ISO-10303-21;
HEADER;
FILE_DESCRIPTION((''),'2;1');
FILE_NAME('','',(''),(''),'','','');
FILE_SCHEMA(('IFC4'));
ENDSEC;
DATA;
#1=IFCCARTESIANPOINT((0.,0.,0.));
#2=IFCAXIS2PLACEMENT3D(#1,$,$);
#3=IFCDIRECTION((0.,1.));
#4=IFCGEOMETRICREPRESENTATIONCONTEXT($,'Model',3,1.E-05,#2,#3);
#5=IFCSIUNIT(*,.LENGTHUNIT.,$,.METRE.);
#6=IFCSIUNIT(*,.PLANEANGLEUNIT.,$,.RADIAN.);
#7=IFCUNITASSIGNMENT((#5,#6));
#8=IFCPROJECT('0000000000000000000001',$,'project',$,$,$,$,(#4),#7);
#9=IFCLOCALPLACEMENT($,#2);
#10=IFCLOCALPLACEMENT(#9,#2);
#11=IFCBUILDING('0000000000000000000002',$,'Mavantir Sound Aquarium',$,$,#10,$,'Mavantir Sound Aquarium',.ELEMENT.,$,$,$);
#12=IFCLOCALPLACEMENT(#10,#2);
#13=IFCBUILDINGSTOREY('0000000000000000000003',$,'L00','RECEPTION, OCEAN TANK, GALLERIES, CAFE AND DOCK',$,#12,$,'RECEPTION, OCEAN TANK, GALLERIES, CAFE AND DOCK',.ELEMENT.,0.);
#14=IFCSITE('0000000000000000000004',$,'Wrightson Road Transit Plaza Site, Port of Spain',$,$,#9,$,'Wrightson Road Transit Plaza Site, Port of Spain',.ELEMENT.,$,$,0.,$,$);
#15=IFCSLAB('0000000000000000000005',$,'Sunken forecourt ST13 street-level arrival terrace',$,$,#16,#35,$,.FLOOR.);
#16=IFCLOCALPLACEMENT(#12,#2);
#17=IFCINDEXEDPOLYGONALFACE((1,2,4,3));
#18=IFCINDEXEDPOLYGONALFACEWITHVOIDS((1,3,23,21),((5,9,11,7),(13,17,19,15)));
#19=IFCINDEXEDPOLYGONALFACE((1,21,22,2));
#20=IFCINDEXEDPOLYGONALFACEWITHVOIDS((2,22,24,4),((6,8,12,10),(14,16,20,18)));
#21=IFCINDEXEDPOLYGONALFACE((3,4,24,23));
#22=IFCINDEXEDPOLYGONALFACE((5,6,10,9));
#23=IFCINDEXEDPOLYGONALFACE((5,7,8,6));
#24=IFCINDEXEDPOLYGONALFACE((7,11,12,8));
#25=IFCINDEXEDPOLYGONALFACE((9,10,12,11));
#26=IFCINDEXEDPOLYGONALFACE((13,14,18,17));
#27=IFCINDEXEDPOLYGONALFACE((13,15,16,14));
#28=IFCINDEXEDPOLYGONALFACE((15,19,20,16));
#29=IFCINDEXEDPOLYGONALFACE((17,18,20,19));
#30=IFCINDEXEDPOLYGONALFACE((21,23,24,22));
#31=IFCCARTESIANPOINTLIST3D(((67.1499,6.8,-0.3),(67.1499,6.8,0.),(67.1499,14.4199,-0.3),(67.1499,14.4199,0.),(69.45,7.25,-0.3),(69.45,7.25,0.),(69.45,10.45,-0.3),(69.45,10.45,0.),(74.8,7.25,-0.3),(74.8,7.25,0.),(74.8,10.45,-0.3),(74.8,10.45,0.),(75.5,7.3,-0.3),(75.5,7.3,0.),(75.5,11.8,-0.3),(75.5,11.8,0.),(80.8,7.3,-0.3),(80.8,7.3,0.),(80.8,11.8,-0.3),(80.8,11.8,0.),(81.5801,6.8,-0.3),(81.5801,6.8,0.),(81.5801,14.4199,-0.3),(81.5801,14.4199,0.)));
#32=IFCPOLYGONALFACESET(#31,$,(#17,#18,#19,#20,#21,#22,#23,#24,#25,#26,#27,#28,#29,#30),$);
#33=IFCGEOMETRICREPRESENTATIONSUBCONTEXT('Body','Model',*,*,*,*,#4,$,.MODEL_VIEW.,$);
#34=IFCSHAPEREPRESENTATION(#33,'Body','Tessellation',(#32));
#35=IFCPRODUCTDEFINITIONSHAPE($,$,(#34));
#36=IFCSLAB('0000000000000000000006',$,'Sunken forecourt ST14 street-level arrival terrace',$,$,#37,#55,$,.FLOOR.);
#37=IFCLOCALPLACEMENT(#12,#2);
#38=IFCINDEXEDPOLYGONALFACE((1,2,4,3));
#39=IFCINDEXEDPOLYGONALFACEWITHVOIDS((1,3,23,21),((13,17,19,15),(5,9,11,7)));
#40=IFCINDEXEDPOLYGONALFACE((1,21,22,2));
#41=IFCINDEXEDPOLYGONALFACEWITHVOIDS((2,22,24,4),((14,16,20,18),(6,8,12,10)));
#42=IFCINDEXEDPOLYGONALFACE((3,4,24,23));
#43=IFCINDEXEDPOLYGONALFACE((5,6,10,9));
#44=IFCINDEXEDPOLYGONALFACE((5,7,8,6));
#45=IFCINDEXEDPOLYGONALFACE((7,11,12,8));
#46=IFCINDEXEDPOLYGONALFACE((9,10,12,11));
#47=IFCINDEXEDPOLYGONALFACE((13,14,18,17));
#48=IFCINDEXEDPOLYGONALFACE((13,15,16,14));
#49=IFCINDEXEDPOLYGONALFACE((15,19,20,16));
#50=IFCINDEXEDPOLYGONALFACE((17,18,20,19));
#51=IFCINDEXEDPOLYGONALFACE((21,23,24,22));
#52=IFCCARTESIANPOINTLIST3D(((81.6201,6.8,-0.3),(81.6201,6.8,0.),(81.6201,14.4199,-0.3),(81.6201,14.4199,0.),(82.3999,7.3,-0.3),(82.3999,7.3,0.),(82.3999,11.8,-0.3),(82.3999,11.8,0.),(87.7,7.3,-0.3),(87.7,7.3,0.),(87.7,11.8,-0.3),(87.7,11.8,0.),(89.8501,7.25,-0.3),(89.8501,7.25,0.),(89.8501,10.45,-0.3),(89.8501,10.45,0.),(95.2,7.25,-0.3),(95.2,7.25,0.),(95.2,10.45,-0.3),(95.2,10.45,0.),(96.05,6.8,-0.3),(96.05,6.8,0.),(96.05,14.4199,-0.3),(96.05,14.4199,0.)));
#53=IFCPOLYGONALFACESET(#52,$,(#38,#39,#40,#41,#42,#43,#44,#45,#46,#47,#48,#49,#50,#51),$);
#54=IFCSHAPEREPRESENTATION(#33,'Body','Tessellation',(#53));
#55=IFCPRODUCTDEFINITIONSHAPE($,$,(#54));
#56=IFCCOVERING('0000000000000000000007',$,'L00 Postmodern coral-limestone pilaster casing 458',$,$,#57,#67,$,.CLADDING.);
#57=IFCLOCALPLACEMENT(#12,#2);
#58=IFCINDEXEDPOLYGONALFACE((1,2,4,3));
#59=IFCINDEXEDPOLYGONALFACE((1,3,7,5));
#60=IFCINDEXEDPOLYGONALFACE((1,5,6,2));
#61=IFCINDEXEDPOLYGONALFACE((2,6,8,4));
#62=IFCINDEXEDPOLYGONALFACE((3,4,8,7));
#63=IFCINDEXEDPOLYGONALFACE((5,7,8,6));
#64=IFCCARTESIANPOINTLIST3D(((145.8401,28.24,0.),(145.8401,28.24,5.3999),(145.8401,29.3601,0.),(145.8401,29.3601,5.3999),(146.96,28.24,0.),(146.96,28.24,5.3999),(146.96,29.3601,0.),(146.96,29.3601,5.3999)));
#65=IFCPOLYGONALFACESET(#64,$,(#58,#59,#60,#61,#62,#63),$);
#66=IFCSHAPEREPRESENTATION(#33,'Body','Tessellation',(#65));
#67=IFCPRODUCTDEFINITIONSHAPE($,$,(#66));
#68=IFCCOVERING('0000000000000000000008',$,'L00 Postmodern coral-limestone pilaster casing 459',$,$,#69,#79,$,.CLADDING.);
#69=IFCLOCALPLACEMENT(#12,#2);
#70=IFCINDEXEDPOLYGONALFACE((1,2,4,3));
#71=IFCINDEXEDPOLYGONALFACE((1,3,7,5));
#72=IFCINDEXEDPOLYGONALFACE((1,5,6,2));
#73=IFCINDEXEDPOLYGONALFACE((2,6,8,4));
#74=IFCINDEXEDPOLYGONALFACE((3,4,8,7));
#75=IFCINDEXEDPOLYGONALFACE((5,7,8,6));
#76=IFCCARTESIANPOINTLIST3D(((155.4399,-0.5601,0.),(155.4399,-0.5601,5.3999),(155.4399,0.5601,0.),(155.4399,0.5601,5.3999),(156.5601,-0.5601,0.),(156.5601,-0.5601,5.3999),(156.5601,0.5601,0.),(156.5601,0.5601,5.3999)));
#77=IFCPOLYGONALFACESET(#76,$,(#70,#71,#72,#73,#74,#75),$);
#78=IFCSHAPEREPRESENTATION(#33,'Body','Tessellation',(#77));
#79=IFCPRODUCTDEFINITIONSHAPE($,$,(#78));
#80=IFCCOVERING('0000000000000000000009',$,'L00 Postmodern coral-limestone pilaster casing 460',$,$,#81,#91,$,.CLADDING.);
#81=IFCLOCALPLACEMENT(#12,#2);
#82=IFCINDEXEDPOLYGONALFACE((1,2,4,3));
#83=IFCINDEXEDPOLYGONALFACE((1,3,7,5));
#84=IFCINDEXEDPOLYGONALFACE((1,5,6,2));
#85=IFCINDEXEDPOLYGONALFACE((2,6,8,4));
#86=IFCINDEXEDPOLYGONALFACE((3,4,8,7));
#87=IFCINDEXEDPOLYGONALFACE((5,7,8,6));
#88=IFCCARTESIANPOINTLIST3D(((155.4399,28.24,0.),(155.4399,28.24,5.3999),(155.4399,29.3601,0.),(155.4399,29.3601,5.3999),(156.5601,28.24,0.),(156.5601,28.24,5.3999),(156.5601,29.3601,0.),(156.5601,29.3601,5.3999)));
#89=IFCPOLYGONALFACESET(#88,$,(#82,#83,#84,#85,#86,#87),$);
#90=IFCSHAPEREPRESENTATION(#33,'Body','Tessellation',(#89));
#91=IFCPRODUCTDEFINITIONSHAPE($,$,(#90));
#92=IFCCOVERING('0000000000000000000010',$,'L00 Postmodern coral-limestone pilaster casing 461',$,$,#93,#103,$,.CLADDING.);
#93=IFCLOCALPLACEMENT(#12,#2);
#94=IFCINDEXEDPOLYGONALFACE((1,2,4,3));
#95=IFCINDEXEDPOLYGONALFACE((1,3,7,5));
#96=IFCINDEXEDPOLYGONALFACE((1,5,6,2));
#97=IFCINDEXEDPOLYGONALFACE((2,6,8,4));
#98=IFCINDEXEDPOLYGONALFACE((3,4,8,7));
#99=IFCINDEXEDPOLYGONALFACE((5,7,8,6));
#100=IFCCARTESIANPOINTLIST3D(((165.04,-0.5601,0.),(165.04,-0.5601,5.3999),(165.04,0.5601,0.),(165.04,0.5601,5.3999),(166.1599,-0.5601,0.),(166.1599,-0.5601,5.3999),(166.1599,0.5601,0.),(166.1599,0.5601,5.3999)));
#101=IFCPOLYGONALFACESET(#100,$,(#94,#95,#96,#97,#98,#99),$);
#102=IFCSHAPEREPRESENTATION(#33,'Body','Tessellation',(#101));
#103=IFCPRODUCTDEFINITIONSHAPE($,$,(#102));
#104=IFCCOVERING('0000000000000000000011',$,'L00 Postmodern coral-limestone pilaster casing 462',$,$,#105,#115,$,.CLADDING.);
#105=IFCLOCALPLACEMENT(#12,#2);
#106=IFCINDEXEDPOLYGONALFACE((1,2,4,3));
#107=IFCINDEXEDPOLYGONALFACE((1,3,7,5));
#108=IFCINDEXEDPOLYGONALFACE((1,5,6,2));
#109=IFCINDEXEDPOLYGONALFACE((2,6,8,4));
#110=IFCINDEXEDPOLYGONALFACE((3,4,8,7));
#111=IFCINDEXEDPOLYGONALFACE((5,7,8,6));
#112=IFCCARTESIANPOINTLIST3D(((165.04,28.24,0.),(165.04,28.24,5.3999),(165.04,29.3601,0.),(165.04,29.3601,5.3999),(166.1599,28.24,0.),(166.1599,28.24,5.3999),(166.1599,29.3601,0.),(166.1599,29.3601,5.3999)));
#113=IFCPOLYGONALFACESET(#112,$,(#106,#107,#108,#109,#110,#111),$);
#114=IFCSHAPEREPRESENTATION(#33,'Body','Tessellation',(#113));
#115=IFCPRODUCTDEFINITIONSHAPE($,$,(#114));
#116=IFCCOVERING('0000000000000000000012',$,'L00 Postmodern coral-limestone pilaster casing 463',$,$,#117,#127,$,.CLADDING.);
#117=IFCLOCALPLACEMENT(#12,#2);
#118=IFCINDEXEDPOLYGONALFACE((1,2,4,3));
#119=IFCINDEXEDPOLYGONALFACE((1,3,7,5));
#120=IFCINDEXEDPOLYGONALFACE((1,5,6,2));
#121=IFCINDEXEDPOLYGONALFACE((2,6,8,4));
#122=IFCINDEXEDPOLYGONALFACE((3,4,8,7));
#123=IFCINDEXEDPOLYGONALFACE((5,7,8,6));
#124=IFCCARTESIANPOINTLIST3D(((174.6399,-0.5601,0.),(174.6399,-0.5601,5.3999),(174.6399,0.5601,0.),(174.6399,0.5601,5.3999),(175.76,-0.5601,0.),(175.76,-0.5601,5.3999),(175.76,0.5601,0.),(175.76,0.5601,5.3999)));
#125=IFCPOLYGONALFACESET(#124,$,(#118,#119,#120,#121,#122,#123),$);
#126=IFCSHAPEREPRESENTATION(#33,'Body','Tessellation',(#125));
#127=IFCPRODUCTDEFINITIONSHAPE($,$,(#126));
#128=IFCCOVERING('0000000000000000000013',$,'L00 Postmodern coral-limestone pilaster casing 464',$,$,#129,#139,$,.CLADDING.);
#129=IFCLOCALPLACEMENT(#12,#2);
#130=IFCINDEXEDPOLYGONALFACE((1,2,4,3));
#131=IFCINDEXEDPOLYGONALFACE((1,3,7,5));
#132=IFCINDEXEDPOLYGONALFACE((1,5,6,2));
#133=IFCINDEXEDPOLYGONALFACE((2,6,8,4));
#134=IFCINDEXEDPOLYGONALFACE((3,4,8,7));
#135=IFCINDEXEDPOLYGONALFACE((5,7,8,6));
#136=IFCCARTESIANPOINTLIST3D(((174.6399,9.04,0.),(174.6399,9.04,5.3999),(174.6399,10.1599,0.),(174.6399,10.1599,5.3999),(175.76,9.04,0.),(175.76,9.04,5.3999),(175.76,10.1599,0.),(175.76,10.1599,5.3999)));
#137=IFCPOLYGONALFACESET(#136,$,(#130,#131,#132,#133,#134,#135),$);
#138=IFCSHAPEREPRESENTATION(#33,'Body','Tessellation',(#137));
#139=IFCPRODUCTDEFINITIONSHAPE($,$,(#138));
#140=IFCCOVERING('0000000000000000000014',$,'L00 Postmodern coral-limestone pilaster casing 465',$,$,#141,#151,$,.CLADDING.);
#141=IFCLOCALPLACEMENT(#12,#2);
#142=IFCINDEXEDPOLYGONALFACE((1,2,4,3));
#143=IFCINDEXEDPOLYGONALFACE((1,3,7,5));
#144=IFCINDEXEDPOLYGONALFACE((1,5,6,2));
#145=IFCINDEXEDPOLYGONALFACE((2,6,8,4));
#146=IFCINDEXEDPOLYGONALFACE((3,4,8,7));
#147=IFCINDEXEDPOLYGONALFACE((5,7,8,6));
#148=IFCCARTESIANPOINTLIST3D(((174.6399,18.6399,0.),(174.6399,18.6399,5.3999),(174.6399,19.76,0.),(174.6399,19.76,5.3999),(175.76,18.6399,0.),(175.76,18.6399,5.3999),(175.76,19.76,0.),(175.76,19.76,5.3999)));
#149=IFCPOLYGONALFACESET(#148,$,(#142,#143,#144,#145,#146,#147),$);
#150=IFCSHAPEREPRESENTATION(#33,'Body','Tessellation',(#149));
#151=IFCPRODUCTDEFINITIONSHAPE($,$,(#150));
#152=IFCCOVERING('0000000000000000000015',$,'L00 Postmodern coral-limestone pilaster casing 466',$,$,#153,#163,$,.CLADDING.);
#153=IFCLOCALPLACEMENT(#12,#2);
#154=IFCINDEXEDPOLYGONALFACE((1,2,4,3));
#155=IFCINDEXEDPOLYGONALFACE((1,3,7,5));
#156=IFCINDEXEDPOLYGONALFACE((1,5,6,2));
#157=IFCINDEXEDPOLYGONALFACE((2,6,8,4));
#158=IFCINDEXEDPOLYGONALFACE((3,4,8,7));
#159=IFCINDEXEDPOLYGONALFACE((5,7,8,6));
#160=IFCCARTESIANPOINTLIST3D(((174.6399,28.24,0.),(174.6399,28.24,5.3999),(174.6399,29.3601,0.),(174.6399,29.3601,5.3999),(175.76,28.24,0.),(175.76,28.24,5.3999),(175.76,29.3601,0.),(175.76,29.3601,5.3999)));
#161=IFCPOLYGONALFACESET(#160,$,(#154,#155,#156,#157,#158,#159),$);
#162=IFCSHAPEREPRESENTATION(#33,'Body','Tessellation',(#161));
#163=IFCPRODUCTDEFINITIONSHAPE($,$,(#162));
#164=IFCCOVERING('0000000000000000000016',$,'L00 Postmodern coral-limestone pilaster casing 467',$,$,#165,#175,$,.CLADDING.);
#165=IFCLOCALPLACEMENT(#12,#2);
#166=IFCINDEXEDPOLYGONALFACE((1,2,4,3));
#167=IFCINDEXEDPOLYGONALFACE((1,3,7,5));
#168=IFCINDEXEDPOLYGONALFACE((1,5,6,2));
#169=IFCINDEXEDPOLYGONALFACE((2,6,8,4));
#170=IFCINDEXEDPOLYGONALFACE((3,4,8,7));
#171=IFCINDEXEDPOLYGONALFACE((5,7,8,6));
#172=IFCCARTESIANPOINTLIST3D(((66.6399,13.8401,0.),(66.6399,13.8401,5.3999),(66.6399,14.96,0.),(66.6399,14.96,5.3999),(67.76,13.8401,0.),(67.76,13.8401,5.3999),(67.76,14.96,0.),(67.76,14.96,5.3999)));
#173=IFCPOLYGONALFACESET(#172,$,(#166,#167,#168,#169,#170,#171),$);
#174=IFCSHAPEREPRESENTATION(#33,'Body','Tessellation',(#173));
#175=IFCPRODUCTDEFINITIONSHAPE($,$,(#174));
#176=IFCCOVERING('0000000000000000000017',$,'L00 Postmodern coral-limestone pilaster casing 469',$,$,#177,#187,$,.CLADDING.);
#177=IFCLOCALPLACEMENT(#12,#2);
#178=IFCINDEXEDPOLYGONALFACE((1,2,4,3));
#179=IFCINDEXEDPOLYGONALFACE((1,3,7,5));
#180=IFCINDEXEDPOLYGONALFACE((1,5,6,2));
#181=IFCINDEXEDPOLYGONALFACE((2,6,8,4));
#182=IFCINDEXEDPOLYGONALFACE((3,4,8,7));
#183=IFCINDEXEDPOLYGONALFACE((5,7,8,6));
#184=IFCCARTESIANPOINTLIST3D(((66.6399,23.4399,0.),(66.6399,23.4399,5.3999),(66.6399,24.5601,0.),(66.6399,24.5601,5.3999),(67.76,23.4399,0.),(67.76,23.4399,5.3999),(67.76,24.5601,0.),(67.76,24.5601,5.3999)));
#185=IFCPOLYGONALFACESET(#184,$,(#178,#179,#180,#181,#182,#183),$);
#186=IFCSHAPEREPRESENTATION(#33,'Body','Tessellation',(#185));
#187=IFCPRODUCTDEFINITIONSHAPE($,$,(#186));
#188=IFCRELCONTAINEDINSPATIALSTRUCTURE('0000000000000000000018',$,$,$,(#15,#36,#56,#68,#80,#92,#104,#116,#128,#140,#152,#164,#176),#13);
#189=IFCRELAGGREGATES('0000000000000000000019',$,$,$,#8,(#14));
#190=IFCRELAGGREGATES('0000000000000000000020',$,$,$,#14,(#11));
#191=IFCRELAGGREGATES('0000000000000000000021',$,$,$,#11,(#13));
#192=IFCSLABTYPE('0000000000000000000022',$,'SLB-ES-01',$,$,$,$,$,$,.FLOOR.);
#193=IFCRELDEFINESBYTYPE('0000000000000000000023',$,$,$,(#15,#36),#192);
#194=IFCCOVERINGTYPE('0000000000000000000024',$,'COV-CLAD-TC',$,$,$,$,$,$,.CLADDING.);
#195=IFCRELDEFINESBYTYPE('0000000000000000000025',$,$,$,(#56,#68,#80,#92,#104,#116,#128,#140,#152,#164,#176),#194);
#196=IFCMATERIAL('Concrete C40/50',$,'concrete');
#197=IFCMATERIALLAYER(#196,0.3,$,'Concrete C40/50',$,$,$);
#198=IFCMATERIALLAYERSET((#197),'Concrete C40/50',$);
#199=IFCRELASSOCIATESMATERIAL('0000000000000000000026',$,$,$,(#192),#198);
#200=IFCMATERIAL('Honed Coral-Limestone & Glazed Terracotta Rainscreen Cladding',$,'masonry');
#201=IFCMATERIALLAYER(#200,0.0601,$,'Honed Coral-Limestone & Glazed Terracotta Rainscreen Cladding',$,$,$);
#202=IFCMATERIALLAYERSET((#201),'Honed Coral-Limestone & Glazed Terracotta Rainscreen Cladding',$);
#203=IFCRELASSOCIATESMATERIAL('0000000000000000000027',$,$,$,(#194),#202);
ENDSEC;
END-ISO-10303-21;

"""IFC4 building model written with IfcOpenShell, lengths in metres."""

from ifc_helpers import new_model, si_unit, direction, frame, origin, place, context, subcontext, project, spatial, polyline, outline, extrude, material, layer, layer_set, type_object, element, save


model = new_model("IFC4")

# Units and contexts
model_context = context("Model", 3, precision=1e-05, world=origin(), true_north=direction((0.0, 1.0)))
body_context = subcontext(model_context, "Body", "Model", "MODEL_VIEW")
ifc_project = project(units=[si_unit("LENGTHUNIT", "METRE"), si_unit("PLANEANGLEUNIT", "RADIAN")], contexts=[model_context])

# Site, building, storey
site_placement = place(None, origin())
site = spatial("IfcSite", under=ifc_project, at=site_placement, Name="Wrightson Road Transit Plaza Site, Port of Spain", LongName="Wrightson Road Transit Plaza Site, Port of Spain", CompositionType="ELEMENT", RefElevation=0.0)
building_placement = place(site_placement, origin())
building = spatial("IfcBuilding", under=site, at=building_placement, Name="Mavantir Sound Aquarium", LongName="Mavantir Sound Aquarium", CompositionType="ELEMENT")
storey_placement = place(building_placement, origin())
storey = spatial("IfcBuildingStorey", under=building, at=storey_placement, Name="L00", Description="RECEPTION, OCEAN TANK, GALLERIES, CAFE AND DOCK", LongName="RECEPTION, OCEAN TANK, GALLERIES, CAFE AND DOCK", CompositionType="ELEMENT", Elevation=0.0)

# Slabs
ifc_material_1 = material(Name="Concrete C40/50", Category="concrete")
ifc_layer_1 = layer(ifc_material_1, 0.3, Name="Concrete C40/50")
ifc_layer_set_1 = layer_set([ifc_layer_1], Name="Concrete C40/50")
slab_type = type_object("IfcSlabType", Name="SLB-ES-01", PredefinedType="FLOOR", material=ifc_layer_set_1)
slab_1_placement = place(storey_placement, frame((0.0, 0.0, -0.3)))
element("IfcSlab", 1, at=slab_1_placement, inside=storey, type_object=slab_type, Name="Sunken forecourt ST13 street-level arrival terrace", PredefinedType="FLOOR", context=body_context, shape_type="SweptSolid", body=[
    extrude(outline(polyline([(67.1499, 6.8), (81.5801, 6.8), (81.5801, 14.4199), (67.1499, 14.4199), (67.1499, 6.8)]), holes=[polyline([(69.45, 7.25), (74.8, 7.25), (74.8, 10.45), (69.45, 10.45), (69.45, 7.25)]), polyline([(75.5, 7.3), (80.8, 7.3), (80.8, 11.8), (75.5, 11.8), (75.5, 7.3)])]), origin(), (0.0, 0.0, 1.0), 0.3),
])
slab_2_placement = place(storey_placement, frame((0.0, 0.0, -0.3)))
element("IfcSlab", 2, at=slab_2_placement, inside=storey, type_object=slab_type, Name="Sunken forecourt ST14 street-level arrival terrace", PredefinedType="FLOOR", context=body_context, shape_type="SweptSolid", body=[
    extrude(outline(polyline([(81.6201, 6.8), (96.05, 6.8), (96.05, 14.4199), (81.6201, 14.4199), (81.6201, 6.8)]), holes=[polyline([(89.8501, 7.25), (95.2, 7.25), (95.2, 10.45), (89.8501, 10.45), (89.8501, 7.25)]), polyline([(82.3999, 7.3), (87.7, 7.3), (87.7, 11.8), (82.3999, 11.8), (82.3999, 7.3)])]), origin(), (0.0, 0.0, 1.0), 0.3),
])

# Coverings
ifc_material_2 = material(Name="Honed Coral-Limestone & Glazed Terracotta Rainscreen Cladding", Category="masonry")
ifc_layer_2 = layer(ifc_material_2, 0.0601, Name="Honed Coral-Limestone & Glazed Terracotta Rainscreen Cladding")
ifc_layer_set_2 = layer_set([ifc_layer_2], Name="Honed Coral-Limestone & Glazed Terracotta Rainscreen Cladding")
covering_type_1 = type_object("IfcCoveringType", Name="COV-CLAD-TC", PredefinedType="CLADDING", material=ifc_layer_set_2)
covering_1_placement = place(storey_placement, origin())
element("IfcCovering", 3, at=covering_1_placement, inside=storey, type_object=covering_type_1, Name="L00 Postmodern coral-limestone pilaster casing 458", PredefinedType="CLADDING", context=body_context, shape_type="SweptSolid", body=[
    extrude(outline(polyline([(145.8401, 28.24), (146.96, 28.24), (146.96, 29.3601), (145.8401, 29.3601), (145.8401, 28.24)])), origin(), (0.0, 0.0, 1.0), 5.3999),
])
covering_2_placement = place(storey_placement, origin())
element("IfcCovering", 4, at=covering_2_placement, inside=storey, type_object=covering_type_1, Name="L00 Postmodern coral-limestone pilaster casing 459", PredefinedType="CLADDING", context=body_context, shape_type="SweptSolid", body=[
    extrude(outline(polyline([(155.4399, -0.5601), (156.5601, -0.5601), (156.5601, 0.5601), (155.4399, 0.5601), (155.4399, -0.5601)])), origin(), (0.0, 0.0, 1.0), 5.3999),
])
covering_3_placement = place(storey_placement, origin())
element("IfcCovering", 5, at=covering_3_placement, inside=storey, type_object=covering_type_1, Name="L00 Postmodern coral-limestone pilaster casing 460", PredefinedType="CLADDING", context=body_context, shape_type="SweptSolid", body=[
    extrude(outline(polyline([(155.4399, 28.24), (156.5601, 28.24), (156.5601, 29.3601), (155.4399, 29.3601), (155.4399, 28.24)])), origin(), (0.0, 0.0, 1.0), 5.3999),
])
covering_4_placement = place(storey_placement, origin())
element("IfcCovering", 6, at=covering_4_placement, inside=storey, type_object=covering_type_1, Name="L00 Postmodern coral-limestone pilaster casing 461", PredefinedType="CLADDING", context=body_context, shape_type="SweptSolid", body=[
    extrude(outline(polyline([(165.04, -0.5601), (166.1599, -0.5601), (166.1599, 0.5601), (165.04, 0.5601), (165.04, -0.5601)])), origin(), (0.0, 0.0, 1.0), 5.3999),
])
covering_5_placement = place(storey_placement, origin())
element("IfcCovering", 7, at=covering_5_placement, inside=storey, type_object=covering_type_1, Name="L00 Postmodern coral-limestone pilaster casing 462", PredefinedType="CLADDING", context=body_context, shape_type="SweptSolid", body=[
    extrude(outline(polyline([(165.04, 28.24), (166.1599, 28.24), (166.1599, 29.3601), (165.04, 29.3601), (165.04, 28.24)])), origin(), (0.0, 0.0, 1.0), 5.3999),
])
covering_6_placement = place(storey_placement, origin())
element("IfcCovering", 8, at=covering_6_placement, inside=storey, type_object=covering_type_1, Name="L00 Postmodern coral-limestone pilaster casing 463", PredefinedType="CLADDING", context=body_context, shape_type="SweptSolid", body=[
    extrude(outline(polyline([(174.6399, -0.5601), (175.76, -0.5601), (175.76, 0.5601), (174.6399, 0.5601), (174.6399, -0.5601)])), origin(), (0.0, 0.0, 1.0), 5.3999),
])
covering_7_placement = place(storey_placement, origin())
element("IfcCovering", 9, at=covering_7_placement, inside=storey, type_object=covering_type_1, Name="L00 Postmodern coral-limestone pilaster casing 464", PredefinedType="CLADDING", context=body_context, shape_type="SweptSolid", body=[
    extrude(outline(polyline([(174.6399, 9.04), (175.76, 9.04), (175.76, 10.1599), (174.6399, 10.1599), (174.6399, 9.04)])), origin(), (0.0, 0.0, 1.0), 5.3999),
])
covering_8_placement = place(storey_placement, origin())
element("IfcCovering", 10, at=covering_8_placement, inside=storey, type_object=covering_type_1, Name="L00 Postmodern coral-limestone pilaster casing 465", PredefinedType="CLADDING", context=body_context, shape_type="SweptSolid", body=[
    extrude(outline(polyline([(174.6399, 18.6399), (175.76, 18.6399), (175.76, 19.76), (174.6399, 19.76), (174.6399, 18.6399)])), origin(), (0.0, 0.0, 1.0), 5.3999),
])
covering_9_placement = place(storey_placement, origin())
element("IfcCovering", 11, at=covering_9_placement, inside=storey, type_object=covering_type_1, Name="L00 Postmodern coral-limestone pilaster casing 466", PredefinedType="CLADDING", context=body_context, shape_type="SweptSolid", body=[
    extrude(outline(polyline([(174.6399, 28.24), (175.76, 28.24), (175.76, 29.3601), (174.6399, 29.3601), (174.6399, 28.24)])), origin(), (0.0, 0.0, 1.0), 5.3999),
])
covering_10_placement = place(storey_placement, origin())
element("IfcCovering", 12, at=covering_10_placement, inside=storey, type_object=covering_type_1, Name="L00 Postmodern coral-limestone pilaster casing 467", PredefinedType="CLADDING", context=body_context, shape_type="SweptSolid", body=[
    extrude(outline(polyline([(66.6399, 13.8401), (67.76, 13.8401), (67.76, 14.96), (66.6399, 14.96), (66.6399, 13.8401)])), origin(), (0.0, 0.0, 1.0), 5.3999),
])
covering_11_placement = place(storey_placement, origin())
element("IfcCovering", 13, at=covering_11_placement, inside=storey, type_object=covering_type_1, Name="L00 Postmodern coral-limestone pilaster casing 469", PredefinedType="CLADDING", context=body_context, shape_type="SweptSolid", body=[
    extrude(outline(polyline([(66.6399, 23.4399), (67.76, 23.4399), (67.76, 24.5601), (66.6399, 24.5601), (66.6399, 23.4399)])), origin(), (0.0, 0.0, 1.0), 5.3999),
])

save(model, "model.ifc")
